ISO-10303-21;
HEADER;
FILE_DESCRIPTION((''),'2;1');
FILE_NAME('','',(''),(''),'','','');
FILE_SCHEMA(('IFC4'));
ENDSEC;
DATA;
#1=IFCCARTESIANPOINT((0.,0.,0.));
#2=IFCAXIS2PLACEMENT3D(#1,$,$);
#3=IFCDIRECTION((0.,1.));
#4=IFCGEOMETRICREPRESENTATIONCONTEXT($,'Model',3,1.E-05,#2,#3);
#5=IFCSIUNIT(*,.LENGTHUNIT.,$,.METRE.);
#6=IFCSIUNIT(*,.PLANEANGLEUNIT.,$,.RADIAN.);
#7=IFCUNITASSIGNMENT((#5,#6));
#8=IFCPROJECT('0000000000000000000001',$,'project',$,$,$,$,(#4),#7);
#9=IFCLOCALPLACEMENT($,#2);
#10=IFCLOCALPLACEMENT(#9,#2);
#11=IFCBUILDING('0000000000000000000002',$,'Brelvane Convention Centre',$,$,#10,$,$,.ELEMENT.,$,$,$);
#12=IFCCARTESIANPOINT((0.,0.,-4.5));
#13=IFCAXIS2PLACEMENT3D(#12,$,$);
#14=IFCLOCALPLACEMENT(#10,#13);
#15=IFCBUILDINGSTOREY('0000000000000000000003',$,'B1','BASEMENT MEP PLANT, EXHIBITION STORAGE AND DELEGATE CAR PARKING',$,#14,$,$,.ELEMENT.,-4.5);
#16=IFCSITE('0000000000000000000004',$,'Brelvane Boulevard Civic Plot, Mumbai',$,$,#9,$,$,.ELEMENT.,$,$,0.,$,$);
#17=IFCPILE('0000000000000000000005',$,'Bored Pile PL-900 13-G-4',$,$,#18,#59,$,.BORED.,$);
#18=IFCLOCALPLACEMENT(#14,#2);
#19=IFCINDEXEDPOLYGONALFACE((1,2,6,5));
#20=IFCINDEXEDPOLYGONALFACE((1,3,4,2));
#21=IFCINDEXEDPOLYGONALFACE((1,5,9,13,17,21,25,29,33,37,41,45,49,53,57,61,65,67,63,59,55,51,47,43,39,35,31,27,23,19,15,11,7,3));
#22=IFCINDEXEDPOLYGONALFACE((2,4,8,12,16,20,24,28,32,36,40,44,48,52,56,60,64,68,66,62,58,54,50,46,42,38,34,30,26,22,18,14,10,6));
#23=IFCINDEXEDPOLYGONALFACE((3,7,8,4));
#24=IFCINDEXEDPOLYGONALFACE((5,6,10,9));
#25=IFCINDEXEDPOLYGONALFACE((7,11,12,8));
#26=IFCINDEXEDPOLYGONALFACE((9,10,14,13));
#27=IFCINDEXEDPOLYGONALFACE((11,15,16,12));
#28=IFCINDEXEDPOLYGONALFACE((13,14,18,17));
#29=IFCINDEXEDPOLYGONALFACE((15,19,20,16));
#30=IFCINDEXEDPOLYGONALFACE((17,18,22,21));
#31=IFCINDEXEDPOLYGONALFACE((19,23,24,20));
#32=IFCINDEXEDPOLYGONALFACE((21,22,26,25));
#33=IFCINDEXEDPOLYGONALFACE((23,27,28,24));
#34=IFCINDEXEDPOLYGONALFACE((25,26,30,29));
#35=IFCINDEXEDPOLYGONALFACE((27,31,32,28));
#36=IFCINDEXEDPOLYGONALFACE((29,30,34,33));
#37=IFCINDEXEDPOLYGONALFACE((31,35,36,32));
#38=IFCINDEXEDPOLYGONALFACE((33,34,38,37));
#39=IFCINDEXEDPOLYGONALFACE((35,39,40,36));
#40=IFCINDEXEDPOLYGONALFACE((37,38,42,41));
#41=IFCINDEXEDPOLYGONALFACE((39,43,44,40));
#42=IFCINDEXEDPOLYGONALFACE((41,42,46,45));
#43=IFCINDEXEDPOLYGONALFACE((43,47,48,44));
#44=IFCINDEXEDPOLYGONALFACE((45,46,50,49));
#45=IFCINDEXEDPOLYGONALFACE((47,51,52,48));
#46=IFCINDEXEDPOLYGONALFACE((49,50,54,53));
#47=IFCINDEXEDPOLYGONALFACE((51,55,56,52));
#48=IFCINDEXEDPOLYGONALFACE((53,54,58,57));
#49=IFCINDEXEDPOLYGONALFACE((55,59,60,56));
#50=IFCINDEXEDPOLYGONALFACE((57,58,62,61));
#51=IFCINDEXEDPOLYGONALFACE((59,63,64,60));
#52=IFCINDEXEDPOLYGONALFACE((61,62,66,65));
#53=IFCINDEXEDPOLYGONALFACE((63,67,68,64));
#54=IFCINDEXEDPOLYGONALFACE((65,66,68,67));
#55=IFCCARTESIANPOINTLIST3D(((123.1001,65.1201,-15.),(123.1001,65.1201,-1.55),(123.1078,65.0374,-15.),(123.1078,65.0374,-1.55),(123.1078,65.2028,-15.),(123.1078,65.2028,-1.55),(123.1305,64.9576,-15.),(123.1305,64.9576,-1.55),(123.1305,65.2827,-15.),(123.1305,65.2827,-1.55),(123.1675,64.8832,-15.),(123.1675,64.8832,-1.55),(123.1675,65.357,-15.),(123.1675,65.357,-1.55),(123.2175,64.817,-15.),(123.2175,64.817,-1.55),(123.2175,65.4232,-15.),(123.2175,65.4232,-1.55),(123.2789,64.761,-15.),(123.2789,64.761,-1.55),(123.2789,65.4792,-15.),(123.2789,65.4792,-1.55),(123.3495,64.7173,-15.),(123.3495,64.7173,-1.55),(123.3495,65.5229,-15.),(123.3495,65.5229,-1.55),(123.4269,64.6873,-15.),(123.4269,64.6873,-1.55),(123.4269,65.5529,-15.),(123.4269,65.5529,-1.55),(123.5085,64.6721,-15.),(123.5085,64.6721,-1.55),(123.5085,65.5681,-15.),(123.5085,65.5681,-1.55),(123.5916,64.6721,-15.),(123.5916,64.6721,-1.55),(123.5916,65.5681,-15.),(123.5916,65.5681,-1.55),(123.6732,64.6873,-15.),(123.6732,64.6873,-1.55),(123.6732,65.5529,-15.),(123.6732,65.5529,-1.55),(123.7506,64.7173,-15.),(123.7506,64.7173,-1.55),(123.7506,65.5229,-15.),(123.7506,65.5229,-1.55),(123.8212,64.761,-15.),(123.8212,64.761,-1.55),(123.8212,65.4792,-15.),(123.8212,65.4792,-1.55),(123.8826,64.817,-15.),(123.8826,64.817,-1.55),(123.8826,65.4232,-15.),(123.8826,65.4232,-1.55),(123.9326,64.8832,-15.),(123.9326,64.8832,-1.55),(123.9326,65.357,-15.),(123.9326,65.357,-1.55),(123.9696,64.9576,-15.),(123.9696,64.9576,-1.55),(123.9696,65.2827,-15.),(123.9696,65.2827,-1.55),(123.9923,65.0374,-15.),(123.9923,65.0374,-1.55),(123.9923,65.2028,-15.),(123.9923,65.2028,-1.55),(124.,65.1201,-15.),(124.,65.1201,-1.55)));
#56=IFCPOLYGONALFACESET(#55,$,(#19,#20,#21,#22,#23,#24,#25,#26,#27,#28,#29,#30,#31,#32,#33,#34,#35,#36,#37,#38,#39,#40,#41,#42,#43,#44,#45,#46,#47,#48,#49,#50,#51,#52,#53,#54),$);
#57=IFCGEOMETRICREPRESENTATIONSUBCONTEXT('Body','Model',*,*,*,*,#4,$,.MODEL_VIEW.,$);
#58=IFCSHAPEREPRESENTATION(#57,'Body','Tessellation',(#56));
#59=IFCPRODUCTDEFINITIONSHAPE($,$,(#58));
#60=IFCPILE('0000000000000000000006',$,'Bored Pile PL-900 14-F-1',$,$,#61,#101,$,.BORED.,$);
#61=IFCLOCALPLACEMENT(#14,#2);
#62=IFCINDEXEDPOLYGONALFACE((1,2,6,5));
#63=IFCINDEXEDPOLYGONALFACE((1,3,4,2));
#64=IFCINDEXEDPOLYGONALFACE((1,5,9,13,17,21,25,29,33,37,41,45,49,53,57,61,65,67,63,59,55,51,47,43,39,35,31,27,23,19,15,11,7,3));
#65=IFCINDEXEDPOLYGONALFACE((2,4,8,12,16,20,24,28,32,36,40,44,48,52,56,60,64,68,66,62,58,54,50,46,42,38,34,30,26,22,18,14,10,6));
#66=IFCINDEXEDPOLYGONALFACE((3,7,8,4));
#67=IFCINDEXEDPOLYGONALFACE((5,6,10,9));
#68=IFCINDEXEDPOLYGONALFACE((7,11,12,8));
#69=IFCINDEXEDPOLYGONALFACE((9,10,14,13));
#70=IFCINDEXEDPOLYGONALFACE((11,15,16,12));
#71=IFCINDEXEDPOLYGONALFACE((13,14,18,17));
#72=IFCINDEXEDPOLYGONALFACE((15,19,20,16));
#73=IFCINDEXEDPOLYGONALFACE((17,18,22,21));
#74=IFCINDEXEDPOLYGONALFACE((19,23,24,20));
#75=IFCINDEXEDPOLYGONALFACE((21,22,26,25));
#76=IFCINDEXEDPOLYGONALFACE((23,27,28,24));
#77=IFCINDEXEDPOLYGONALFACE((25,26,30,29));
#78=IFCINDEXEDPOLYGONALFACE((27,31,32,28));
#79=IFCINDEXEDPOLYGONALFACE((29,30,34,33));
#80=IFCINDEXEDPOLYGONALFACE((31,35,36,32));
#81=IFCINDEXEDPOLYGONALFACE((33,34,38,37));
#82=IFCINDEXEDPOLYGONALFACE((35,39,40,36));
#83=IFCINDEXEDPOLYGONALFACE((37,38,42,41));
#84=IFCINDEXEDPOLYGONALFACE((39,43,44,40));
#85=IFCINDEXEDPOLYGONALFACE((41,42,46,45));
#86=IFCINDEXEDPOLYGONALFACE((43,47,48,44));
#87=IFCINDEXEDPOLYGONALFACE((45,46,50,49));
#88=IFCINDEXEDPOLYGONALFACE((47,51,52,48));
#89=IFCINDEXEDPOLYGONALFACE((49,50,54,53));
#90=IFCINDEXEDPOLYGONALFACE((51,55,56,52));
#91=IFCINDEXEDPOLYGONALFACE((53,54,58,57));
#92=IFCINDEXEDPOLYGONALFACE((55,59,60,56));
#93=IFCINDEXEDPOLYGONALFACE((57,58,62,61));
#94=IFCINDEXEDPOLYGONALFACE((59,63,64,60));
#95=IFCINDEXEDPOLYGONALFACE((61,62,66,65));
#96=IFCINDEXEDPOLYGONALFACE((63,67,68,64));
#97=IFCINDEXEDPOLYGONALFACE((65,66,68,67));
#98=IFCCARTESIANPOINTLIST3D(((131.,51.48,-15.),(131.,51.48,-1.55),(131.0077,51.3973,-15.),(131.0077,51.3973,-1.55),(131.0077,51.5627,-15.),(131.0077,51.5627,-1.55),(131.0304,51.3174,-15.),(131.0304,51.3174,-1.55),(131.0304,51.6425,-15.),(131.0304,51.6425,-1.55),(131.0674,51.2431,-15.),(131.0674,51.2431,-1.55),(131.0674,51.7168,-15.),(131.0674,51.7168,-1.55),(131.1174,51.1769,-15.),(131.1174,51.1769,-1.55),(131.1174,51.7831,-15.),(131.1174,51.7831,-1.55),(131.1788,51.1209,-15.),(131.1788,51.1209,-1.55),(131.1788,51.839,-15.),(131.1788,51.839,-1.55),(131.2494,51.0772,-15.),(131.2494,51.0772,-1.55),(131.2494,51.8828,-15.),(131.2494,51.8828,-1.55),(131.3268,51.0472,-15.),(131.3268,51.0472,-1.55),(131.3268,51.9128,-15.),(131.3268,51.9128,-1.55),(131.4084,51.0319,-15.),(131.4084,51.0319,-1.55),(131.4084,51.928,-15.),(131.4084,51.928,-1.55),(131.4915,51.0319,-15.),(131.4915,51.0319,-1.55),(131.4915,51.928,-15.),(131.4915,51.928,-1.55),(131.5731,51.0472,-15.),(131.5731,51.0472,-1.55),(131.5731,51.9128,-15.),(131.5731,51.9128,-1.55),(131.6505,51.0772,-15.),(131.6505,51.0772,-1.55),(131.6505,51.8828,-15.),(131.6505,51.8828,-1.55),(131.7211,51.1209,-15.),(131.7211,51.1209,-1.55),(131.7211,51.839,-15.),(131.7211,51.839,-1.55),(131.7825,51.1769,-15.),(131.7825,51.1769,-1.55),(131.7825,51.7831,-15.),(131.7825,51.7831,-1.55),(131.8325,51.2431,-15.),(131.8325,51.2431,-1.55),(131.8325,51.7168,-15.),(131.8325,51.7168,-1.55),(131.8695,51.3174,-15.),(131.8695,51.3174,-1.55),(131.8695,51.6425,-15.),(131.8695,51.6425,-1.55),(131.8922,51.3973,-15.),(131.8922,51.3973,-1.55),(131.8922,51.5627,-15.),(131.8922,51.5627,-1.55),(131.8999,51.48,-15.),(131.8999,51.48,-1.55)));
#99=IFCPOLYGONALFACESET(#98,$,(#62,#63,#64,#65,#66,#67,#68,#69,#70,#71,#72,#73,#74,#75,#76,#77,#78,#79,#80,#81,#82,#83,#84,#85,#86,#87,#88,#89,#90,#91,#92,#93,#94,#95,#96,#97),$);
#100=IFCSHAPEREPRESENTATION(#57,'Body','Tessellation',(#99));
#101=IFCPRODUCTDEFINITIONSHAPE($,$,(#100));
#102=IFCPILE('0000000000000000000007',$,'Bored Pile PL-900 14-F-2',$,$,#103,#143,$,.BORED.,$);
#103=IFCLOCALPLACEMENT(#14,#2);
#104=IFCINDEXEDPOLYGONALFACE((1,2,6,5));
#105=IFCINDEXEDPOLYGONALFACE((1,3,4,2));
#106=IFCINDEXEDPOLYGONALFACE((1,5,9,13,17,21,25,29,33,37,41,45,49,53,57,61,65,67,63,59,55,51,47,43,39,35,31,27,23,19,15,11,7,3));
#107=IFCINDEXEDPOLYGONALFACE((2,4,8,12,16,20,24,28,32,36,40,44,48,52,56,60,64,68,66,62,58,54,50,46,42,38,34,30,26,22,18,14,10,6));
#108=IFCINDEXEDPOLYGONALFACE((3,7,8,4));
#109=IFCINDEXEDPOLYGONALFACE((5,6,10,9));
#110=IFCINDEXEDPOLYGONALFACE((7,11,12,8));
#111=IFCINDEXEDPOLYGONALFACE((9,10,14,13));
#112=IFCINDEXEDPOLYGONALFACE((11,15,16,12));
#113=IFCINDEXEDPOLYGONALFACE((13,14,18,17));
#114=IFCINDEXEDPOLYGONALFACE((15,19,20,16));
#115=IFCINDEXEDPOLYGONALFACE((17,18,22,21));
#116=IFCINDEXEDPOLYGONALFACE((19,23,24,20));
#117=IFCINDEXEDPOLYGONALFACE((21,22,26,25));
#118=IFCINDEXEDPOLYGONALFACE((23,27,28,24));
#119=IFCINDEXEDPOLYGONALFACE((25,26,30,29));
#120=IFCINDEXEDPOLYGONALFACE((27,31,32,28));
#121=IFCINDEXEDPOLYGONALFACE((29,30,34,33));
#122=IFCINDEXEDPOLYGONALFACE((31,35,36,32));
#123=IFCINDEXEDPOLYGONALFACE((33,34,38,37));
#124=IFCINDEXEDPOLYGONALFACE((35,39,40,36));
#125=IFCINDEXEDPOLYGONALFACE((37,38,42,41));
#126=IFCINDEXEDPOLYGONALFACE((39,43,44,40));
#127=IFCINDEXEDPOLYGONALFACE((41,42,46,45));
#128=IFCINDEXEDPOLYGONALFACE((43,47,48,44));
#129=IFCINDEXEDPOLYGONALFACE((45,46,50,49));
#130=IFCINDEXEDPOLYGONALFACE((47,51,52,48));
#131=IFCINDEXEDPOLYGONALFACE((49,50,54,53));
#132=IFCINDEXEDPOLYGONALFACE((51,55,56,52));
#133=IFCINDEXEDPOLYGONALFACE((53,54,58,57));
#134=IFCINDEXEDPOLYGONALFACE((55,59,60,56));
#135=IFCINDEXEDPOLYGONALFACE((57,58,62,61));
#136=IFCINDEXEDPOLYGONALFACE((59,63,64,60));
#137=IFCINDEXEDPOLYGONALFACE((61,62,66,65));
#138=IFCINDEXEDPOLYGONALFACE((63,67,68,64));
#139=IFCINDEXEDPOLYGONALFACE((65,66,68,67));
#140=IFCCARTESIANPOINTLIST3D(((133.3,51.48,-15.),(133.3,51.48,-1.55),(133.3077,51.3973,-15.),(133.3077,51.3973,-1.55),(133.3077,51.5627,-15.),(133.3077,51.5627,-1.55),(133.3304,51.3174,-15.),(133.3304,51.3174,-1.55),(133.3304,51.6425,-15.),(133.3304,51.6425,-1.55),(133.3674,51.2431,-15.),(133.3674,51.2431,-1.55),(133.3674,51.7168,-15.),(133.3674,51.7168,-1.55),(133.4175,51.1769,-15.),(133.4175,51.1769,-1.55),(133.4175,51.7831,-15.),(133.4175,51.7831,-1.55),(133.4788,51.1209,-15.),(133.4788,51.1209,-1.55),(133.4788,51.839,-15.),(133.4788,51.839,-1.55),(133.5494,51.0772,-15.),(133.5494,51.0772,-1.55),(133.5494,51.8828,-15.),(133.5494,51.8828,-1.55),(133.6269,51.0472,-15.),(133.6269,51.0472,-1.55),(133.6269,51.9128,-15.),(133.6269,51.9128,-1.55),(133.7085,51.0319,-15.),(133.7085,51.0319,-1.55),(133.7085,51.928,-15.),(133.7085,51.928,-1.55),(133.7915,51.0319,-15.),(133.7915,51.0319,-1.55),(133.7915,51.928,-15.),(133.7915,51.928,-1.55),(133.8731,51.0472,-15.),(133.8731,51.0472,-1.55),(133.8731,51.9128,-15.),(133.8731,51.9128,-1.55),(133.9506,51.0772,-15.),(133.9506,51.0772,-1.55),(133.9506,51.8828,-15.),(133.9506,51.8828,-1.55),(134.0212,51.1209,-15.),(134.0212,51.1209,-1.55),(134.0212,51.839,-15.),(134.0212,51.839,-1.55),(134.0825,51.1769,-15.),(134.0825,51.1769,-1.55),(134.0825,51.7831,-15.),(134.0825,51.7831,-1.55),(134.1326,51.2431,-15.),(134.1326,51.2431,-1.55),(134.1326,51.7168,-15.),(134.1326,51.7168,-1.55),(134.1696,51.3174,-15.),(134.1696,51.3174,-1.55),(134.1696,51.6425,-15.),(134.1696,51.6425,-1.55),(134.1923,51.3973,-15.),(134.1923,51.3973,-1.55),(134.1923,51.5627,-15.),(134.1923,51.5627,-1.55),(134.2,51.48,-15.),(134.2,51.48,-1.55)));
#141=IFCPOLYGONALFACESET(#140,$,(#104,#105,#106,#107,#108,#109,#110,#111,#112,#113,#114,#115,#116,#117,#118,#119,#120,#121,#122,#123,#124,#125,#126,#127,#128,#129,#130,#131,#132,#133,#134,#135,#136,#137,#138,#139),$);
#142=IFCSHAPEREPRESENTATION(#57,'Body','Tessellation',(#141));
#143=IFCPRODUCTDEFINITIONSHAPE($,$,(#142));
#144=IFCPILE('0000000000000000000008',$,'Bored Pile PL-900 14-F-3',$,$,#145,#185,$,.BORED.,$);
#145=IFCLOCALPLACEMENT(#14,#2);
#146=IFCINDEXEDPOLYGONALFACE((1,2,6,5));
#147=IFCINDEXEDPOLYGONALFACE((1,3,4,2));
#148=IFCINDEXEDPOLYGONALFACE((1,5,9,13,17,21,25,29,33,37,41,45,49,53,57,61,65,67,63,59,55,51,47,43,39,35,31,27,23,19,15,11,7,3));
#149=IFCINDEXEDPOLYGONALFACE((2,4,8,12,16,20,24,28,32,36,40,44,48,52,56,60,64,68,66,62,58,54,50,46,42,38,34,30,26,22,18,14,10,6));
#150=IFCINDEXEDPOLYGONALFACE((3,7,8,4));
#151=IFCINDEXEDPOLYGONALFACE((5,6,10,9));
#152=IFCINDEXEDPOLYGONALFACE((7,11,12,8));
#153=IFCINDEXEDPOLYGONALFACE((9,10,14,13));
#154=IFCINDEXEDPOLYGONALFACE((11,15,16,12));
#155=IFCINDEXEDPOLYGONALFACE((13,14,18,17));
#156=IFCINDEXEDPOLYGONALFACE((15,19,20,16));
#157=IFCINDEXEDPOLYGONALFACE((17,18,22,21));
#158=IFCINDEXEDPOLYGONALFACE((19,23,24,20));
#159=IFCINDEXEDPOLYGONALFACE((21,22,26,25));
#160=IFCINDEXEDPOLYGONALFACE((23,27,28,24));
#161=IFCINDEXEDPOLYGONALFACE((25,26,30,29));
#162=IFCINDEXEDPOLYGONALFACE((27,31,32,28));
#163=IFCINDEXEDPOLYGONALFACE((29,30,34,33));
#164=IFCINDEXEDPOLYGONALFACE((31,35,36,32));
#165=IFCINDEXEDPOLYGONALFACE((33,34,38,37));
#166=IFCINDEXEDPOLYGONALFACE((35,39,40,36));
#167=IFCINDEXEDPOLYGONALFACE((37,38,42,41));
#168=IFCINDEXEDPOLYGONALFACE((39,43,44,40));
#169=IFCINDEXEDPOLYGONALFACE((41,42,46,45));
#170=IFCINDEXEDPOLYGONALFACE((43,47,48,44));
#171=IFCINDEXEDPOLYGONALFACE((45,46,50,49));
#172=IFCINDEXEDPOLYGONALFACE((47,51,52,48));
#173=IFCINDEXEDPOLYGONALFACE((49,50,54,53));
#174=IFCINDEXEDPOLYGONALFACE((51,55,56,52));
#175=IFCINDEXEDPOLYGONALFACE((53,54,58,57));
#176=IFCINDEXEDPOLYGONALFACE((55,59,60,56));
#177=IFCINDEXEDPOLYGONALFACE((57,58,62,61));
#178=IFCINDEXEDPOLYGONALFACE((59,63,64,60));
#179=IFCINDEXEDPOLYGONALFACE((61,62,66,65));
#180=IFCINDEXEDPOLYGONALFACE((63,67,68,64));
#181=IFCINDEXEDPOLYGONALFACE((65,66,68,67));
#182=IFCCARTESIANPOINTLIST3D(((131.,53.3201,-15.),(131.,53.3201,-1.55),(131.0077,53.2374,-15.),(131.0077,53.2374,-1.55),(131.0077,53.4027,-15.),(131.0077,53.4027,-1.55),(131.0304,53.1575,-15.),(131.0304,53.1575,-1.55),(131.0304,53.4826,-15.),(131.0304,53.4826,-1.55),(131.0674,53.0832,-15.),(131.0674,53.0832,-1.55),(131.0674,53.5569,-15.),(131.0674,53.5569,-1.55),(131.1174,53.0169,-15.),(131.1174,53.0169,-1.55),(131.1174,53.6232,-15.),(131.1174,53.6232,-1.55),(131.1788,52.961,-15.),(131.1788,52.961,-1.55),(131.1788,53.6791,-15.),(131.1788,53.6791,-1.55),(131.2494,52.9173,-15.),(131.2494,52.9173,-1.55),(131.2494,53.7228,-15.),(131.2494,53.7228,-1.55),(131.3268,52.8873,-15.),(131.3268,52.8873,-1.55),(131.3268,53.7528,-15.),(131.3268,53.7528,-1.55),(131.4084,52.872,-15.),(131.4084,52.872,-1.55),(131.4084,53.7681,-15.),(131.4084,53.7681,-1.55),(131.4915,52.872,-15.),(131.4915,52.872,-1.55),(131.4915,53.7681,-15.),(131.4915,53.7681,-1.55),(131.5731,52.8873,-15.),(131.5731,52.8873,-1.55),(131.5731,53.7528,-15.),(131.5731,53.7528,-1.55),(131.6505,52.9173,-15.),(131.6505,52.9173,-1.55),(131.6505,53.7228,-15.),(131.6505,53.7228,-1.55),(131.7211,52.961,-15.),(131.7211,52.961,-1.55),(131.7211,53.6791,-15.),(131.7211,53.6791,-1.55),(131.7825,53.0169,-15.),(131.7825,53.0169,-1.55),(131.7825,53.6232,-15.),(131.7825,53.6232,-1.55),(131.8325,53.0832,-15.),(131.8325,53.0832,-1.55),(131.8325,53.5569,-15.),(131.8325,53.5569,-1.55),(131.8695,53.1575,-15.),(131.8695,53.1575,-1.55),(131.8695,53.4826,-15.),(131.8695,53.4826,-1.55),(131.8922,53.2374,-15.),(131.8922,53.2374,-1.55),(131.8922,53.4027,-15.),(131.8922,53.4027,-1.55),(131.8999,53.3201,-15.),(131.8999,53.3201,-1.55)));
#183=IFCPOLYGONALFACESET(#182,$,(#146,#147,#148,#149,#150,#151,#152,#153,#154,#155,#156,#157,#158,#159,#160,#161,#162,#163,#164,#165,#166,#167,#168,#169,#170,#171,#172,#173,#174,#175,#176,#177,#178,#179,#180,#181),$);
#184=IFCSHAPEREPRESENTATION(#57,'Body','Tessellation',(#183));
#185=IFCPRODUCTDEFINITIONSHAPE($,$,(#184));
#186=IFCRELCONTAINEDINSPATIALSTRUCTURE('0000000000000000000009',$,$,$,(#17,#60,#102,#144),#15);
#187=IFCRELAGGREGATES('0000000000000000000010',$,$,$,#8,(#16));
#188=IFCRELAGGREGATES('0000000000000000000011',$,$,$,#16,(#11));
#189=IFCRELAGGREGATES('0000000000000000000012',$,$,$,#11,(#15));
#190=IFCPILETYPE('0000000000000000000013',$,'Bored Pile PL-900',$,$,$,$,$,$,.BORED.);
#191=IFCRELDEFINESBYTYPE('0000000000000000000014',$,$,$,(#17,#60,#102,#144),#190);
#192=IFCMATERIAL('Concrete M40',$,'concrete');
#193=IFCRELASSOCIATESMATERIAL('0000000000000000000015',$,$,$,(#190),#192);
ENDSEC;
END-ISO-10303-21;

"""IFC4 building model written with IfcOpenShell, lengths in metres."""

from ifc_helpers import new_model, si_unit, direction, frame, origin, origin_2d, place, context, subcontext, project, spatial, circle, extrude, material, material_profile, profile_set, type_object, element, save


model = new_model("IFC4")

# Units and contexts
model_context = context("Model", 3, precision=1e-05, world=origin(), true_north=direction((0.0, 1.0)))
body_context = subcontext(model_context, "Body", "Model", "MODEL_VIEW")
ifc_project = project(units=[si_unit("LENGTHUNIT", "METRE"), si_unit("PLANEANGLEUNIT", "RADIAN")], contexts=[model_context])

# Site, building, storey
site_placement = place(None, origin())
site = spatial("IfcSite", under=ifc_project, at=site_placement, Name="Brelvane Boulevard Civic Plot, Mumbai", CompositionType="ELEMENT", RefElevation=0.0)
building_placement = place(site_placement, origin())
building = spatial("IfcBuilding", under=site, at=building_placement, Name="Brelvane Convention Centre", CompositionType="ELEMENT")
storey_placement = place(building_placement, frame((0.0, 0.0, -4.5)))
storey = spatial("IfcBuildingStorey", under=building, at=storey_placement, Name="B1", Description="BASEMENT MEP PLANT, EXHIBITION STORAGE AND DELEGATE CAR PARKING", CompositionType="ELEMENT", Elevation=-4.5)

# Piles
ifc_material_1 = material(Name="Concrete M40", Category="concrete")
ifc_material_profile_1 = material_profile(ifc_material_1, circle(Radius=0.45, at=origin_2d()), Name="PILE D900")
ifc_profile_set_1 = profile_set([ifc_material_profile_1], Name="Concrete M40")
pile_type = type_object("IfcPileType", Name="Bored Pile PL-900", PredefinedType="BORED", material=ifc_profile_set_1)
for number, where, z_axis, x_axis, name in (
    (1, (123.55, 65.1201, -1.55), (0.0, 0.0, -1.0), (1.0, 0.0, 0.0), "Bored Pile PL-900 13-G-4"),
    (2, (131.45, 51.48, -1.55), (0.0, 0.0, -1.0), (1.0, 0.0, 0.0), "Bored Pile PL-900 14-F-1"),
    (3, (133.75, 51.48, -1.55), (0.0, 0.0, -1.0), (1.0, 0.0, 0.0), "Bored Pile PL-900 14-F-2"),
    (4, (131.45, 53.3201, -1.55), (0.0, 0.0, -1.0), (1.0, 0.0, 0.0), "Bored Pile PL-900 14-F-3"),
):
    element("IfcPile", number, at=place(storey_placement, frame(where, z_axis=z_axis, x_axis=x_axis)), inside=storey, type_object=pile_type, Name=name, PredefinedType="BORED", context=body_context, shape_type="SweptSolid", body=[
        extrude(circle(Radius=0.45, at=origin_2d()), origin(), (0.0, 0.0, 1.0), 13.45),
    ])

save(model, "model.ifc")
